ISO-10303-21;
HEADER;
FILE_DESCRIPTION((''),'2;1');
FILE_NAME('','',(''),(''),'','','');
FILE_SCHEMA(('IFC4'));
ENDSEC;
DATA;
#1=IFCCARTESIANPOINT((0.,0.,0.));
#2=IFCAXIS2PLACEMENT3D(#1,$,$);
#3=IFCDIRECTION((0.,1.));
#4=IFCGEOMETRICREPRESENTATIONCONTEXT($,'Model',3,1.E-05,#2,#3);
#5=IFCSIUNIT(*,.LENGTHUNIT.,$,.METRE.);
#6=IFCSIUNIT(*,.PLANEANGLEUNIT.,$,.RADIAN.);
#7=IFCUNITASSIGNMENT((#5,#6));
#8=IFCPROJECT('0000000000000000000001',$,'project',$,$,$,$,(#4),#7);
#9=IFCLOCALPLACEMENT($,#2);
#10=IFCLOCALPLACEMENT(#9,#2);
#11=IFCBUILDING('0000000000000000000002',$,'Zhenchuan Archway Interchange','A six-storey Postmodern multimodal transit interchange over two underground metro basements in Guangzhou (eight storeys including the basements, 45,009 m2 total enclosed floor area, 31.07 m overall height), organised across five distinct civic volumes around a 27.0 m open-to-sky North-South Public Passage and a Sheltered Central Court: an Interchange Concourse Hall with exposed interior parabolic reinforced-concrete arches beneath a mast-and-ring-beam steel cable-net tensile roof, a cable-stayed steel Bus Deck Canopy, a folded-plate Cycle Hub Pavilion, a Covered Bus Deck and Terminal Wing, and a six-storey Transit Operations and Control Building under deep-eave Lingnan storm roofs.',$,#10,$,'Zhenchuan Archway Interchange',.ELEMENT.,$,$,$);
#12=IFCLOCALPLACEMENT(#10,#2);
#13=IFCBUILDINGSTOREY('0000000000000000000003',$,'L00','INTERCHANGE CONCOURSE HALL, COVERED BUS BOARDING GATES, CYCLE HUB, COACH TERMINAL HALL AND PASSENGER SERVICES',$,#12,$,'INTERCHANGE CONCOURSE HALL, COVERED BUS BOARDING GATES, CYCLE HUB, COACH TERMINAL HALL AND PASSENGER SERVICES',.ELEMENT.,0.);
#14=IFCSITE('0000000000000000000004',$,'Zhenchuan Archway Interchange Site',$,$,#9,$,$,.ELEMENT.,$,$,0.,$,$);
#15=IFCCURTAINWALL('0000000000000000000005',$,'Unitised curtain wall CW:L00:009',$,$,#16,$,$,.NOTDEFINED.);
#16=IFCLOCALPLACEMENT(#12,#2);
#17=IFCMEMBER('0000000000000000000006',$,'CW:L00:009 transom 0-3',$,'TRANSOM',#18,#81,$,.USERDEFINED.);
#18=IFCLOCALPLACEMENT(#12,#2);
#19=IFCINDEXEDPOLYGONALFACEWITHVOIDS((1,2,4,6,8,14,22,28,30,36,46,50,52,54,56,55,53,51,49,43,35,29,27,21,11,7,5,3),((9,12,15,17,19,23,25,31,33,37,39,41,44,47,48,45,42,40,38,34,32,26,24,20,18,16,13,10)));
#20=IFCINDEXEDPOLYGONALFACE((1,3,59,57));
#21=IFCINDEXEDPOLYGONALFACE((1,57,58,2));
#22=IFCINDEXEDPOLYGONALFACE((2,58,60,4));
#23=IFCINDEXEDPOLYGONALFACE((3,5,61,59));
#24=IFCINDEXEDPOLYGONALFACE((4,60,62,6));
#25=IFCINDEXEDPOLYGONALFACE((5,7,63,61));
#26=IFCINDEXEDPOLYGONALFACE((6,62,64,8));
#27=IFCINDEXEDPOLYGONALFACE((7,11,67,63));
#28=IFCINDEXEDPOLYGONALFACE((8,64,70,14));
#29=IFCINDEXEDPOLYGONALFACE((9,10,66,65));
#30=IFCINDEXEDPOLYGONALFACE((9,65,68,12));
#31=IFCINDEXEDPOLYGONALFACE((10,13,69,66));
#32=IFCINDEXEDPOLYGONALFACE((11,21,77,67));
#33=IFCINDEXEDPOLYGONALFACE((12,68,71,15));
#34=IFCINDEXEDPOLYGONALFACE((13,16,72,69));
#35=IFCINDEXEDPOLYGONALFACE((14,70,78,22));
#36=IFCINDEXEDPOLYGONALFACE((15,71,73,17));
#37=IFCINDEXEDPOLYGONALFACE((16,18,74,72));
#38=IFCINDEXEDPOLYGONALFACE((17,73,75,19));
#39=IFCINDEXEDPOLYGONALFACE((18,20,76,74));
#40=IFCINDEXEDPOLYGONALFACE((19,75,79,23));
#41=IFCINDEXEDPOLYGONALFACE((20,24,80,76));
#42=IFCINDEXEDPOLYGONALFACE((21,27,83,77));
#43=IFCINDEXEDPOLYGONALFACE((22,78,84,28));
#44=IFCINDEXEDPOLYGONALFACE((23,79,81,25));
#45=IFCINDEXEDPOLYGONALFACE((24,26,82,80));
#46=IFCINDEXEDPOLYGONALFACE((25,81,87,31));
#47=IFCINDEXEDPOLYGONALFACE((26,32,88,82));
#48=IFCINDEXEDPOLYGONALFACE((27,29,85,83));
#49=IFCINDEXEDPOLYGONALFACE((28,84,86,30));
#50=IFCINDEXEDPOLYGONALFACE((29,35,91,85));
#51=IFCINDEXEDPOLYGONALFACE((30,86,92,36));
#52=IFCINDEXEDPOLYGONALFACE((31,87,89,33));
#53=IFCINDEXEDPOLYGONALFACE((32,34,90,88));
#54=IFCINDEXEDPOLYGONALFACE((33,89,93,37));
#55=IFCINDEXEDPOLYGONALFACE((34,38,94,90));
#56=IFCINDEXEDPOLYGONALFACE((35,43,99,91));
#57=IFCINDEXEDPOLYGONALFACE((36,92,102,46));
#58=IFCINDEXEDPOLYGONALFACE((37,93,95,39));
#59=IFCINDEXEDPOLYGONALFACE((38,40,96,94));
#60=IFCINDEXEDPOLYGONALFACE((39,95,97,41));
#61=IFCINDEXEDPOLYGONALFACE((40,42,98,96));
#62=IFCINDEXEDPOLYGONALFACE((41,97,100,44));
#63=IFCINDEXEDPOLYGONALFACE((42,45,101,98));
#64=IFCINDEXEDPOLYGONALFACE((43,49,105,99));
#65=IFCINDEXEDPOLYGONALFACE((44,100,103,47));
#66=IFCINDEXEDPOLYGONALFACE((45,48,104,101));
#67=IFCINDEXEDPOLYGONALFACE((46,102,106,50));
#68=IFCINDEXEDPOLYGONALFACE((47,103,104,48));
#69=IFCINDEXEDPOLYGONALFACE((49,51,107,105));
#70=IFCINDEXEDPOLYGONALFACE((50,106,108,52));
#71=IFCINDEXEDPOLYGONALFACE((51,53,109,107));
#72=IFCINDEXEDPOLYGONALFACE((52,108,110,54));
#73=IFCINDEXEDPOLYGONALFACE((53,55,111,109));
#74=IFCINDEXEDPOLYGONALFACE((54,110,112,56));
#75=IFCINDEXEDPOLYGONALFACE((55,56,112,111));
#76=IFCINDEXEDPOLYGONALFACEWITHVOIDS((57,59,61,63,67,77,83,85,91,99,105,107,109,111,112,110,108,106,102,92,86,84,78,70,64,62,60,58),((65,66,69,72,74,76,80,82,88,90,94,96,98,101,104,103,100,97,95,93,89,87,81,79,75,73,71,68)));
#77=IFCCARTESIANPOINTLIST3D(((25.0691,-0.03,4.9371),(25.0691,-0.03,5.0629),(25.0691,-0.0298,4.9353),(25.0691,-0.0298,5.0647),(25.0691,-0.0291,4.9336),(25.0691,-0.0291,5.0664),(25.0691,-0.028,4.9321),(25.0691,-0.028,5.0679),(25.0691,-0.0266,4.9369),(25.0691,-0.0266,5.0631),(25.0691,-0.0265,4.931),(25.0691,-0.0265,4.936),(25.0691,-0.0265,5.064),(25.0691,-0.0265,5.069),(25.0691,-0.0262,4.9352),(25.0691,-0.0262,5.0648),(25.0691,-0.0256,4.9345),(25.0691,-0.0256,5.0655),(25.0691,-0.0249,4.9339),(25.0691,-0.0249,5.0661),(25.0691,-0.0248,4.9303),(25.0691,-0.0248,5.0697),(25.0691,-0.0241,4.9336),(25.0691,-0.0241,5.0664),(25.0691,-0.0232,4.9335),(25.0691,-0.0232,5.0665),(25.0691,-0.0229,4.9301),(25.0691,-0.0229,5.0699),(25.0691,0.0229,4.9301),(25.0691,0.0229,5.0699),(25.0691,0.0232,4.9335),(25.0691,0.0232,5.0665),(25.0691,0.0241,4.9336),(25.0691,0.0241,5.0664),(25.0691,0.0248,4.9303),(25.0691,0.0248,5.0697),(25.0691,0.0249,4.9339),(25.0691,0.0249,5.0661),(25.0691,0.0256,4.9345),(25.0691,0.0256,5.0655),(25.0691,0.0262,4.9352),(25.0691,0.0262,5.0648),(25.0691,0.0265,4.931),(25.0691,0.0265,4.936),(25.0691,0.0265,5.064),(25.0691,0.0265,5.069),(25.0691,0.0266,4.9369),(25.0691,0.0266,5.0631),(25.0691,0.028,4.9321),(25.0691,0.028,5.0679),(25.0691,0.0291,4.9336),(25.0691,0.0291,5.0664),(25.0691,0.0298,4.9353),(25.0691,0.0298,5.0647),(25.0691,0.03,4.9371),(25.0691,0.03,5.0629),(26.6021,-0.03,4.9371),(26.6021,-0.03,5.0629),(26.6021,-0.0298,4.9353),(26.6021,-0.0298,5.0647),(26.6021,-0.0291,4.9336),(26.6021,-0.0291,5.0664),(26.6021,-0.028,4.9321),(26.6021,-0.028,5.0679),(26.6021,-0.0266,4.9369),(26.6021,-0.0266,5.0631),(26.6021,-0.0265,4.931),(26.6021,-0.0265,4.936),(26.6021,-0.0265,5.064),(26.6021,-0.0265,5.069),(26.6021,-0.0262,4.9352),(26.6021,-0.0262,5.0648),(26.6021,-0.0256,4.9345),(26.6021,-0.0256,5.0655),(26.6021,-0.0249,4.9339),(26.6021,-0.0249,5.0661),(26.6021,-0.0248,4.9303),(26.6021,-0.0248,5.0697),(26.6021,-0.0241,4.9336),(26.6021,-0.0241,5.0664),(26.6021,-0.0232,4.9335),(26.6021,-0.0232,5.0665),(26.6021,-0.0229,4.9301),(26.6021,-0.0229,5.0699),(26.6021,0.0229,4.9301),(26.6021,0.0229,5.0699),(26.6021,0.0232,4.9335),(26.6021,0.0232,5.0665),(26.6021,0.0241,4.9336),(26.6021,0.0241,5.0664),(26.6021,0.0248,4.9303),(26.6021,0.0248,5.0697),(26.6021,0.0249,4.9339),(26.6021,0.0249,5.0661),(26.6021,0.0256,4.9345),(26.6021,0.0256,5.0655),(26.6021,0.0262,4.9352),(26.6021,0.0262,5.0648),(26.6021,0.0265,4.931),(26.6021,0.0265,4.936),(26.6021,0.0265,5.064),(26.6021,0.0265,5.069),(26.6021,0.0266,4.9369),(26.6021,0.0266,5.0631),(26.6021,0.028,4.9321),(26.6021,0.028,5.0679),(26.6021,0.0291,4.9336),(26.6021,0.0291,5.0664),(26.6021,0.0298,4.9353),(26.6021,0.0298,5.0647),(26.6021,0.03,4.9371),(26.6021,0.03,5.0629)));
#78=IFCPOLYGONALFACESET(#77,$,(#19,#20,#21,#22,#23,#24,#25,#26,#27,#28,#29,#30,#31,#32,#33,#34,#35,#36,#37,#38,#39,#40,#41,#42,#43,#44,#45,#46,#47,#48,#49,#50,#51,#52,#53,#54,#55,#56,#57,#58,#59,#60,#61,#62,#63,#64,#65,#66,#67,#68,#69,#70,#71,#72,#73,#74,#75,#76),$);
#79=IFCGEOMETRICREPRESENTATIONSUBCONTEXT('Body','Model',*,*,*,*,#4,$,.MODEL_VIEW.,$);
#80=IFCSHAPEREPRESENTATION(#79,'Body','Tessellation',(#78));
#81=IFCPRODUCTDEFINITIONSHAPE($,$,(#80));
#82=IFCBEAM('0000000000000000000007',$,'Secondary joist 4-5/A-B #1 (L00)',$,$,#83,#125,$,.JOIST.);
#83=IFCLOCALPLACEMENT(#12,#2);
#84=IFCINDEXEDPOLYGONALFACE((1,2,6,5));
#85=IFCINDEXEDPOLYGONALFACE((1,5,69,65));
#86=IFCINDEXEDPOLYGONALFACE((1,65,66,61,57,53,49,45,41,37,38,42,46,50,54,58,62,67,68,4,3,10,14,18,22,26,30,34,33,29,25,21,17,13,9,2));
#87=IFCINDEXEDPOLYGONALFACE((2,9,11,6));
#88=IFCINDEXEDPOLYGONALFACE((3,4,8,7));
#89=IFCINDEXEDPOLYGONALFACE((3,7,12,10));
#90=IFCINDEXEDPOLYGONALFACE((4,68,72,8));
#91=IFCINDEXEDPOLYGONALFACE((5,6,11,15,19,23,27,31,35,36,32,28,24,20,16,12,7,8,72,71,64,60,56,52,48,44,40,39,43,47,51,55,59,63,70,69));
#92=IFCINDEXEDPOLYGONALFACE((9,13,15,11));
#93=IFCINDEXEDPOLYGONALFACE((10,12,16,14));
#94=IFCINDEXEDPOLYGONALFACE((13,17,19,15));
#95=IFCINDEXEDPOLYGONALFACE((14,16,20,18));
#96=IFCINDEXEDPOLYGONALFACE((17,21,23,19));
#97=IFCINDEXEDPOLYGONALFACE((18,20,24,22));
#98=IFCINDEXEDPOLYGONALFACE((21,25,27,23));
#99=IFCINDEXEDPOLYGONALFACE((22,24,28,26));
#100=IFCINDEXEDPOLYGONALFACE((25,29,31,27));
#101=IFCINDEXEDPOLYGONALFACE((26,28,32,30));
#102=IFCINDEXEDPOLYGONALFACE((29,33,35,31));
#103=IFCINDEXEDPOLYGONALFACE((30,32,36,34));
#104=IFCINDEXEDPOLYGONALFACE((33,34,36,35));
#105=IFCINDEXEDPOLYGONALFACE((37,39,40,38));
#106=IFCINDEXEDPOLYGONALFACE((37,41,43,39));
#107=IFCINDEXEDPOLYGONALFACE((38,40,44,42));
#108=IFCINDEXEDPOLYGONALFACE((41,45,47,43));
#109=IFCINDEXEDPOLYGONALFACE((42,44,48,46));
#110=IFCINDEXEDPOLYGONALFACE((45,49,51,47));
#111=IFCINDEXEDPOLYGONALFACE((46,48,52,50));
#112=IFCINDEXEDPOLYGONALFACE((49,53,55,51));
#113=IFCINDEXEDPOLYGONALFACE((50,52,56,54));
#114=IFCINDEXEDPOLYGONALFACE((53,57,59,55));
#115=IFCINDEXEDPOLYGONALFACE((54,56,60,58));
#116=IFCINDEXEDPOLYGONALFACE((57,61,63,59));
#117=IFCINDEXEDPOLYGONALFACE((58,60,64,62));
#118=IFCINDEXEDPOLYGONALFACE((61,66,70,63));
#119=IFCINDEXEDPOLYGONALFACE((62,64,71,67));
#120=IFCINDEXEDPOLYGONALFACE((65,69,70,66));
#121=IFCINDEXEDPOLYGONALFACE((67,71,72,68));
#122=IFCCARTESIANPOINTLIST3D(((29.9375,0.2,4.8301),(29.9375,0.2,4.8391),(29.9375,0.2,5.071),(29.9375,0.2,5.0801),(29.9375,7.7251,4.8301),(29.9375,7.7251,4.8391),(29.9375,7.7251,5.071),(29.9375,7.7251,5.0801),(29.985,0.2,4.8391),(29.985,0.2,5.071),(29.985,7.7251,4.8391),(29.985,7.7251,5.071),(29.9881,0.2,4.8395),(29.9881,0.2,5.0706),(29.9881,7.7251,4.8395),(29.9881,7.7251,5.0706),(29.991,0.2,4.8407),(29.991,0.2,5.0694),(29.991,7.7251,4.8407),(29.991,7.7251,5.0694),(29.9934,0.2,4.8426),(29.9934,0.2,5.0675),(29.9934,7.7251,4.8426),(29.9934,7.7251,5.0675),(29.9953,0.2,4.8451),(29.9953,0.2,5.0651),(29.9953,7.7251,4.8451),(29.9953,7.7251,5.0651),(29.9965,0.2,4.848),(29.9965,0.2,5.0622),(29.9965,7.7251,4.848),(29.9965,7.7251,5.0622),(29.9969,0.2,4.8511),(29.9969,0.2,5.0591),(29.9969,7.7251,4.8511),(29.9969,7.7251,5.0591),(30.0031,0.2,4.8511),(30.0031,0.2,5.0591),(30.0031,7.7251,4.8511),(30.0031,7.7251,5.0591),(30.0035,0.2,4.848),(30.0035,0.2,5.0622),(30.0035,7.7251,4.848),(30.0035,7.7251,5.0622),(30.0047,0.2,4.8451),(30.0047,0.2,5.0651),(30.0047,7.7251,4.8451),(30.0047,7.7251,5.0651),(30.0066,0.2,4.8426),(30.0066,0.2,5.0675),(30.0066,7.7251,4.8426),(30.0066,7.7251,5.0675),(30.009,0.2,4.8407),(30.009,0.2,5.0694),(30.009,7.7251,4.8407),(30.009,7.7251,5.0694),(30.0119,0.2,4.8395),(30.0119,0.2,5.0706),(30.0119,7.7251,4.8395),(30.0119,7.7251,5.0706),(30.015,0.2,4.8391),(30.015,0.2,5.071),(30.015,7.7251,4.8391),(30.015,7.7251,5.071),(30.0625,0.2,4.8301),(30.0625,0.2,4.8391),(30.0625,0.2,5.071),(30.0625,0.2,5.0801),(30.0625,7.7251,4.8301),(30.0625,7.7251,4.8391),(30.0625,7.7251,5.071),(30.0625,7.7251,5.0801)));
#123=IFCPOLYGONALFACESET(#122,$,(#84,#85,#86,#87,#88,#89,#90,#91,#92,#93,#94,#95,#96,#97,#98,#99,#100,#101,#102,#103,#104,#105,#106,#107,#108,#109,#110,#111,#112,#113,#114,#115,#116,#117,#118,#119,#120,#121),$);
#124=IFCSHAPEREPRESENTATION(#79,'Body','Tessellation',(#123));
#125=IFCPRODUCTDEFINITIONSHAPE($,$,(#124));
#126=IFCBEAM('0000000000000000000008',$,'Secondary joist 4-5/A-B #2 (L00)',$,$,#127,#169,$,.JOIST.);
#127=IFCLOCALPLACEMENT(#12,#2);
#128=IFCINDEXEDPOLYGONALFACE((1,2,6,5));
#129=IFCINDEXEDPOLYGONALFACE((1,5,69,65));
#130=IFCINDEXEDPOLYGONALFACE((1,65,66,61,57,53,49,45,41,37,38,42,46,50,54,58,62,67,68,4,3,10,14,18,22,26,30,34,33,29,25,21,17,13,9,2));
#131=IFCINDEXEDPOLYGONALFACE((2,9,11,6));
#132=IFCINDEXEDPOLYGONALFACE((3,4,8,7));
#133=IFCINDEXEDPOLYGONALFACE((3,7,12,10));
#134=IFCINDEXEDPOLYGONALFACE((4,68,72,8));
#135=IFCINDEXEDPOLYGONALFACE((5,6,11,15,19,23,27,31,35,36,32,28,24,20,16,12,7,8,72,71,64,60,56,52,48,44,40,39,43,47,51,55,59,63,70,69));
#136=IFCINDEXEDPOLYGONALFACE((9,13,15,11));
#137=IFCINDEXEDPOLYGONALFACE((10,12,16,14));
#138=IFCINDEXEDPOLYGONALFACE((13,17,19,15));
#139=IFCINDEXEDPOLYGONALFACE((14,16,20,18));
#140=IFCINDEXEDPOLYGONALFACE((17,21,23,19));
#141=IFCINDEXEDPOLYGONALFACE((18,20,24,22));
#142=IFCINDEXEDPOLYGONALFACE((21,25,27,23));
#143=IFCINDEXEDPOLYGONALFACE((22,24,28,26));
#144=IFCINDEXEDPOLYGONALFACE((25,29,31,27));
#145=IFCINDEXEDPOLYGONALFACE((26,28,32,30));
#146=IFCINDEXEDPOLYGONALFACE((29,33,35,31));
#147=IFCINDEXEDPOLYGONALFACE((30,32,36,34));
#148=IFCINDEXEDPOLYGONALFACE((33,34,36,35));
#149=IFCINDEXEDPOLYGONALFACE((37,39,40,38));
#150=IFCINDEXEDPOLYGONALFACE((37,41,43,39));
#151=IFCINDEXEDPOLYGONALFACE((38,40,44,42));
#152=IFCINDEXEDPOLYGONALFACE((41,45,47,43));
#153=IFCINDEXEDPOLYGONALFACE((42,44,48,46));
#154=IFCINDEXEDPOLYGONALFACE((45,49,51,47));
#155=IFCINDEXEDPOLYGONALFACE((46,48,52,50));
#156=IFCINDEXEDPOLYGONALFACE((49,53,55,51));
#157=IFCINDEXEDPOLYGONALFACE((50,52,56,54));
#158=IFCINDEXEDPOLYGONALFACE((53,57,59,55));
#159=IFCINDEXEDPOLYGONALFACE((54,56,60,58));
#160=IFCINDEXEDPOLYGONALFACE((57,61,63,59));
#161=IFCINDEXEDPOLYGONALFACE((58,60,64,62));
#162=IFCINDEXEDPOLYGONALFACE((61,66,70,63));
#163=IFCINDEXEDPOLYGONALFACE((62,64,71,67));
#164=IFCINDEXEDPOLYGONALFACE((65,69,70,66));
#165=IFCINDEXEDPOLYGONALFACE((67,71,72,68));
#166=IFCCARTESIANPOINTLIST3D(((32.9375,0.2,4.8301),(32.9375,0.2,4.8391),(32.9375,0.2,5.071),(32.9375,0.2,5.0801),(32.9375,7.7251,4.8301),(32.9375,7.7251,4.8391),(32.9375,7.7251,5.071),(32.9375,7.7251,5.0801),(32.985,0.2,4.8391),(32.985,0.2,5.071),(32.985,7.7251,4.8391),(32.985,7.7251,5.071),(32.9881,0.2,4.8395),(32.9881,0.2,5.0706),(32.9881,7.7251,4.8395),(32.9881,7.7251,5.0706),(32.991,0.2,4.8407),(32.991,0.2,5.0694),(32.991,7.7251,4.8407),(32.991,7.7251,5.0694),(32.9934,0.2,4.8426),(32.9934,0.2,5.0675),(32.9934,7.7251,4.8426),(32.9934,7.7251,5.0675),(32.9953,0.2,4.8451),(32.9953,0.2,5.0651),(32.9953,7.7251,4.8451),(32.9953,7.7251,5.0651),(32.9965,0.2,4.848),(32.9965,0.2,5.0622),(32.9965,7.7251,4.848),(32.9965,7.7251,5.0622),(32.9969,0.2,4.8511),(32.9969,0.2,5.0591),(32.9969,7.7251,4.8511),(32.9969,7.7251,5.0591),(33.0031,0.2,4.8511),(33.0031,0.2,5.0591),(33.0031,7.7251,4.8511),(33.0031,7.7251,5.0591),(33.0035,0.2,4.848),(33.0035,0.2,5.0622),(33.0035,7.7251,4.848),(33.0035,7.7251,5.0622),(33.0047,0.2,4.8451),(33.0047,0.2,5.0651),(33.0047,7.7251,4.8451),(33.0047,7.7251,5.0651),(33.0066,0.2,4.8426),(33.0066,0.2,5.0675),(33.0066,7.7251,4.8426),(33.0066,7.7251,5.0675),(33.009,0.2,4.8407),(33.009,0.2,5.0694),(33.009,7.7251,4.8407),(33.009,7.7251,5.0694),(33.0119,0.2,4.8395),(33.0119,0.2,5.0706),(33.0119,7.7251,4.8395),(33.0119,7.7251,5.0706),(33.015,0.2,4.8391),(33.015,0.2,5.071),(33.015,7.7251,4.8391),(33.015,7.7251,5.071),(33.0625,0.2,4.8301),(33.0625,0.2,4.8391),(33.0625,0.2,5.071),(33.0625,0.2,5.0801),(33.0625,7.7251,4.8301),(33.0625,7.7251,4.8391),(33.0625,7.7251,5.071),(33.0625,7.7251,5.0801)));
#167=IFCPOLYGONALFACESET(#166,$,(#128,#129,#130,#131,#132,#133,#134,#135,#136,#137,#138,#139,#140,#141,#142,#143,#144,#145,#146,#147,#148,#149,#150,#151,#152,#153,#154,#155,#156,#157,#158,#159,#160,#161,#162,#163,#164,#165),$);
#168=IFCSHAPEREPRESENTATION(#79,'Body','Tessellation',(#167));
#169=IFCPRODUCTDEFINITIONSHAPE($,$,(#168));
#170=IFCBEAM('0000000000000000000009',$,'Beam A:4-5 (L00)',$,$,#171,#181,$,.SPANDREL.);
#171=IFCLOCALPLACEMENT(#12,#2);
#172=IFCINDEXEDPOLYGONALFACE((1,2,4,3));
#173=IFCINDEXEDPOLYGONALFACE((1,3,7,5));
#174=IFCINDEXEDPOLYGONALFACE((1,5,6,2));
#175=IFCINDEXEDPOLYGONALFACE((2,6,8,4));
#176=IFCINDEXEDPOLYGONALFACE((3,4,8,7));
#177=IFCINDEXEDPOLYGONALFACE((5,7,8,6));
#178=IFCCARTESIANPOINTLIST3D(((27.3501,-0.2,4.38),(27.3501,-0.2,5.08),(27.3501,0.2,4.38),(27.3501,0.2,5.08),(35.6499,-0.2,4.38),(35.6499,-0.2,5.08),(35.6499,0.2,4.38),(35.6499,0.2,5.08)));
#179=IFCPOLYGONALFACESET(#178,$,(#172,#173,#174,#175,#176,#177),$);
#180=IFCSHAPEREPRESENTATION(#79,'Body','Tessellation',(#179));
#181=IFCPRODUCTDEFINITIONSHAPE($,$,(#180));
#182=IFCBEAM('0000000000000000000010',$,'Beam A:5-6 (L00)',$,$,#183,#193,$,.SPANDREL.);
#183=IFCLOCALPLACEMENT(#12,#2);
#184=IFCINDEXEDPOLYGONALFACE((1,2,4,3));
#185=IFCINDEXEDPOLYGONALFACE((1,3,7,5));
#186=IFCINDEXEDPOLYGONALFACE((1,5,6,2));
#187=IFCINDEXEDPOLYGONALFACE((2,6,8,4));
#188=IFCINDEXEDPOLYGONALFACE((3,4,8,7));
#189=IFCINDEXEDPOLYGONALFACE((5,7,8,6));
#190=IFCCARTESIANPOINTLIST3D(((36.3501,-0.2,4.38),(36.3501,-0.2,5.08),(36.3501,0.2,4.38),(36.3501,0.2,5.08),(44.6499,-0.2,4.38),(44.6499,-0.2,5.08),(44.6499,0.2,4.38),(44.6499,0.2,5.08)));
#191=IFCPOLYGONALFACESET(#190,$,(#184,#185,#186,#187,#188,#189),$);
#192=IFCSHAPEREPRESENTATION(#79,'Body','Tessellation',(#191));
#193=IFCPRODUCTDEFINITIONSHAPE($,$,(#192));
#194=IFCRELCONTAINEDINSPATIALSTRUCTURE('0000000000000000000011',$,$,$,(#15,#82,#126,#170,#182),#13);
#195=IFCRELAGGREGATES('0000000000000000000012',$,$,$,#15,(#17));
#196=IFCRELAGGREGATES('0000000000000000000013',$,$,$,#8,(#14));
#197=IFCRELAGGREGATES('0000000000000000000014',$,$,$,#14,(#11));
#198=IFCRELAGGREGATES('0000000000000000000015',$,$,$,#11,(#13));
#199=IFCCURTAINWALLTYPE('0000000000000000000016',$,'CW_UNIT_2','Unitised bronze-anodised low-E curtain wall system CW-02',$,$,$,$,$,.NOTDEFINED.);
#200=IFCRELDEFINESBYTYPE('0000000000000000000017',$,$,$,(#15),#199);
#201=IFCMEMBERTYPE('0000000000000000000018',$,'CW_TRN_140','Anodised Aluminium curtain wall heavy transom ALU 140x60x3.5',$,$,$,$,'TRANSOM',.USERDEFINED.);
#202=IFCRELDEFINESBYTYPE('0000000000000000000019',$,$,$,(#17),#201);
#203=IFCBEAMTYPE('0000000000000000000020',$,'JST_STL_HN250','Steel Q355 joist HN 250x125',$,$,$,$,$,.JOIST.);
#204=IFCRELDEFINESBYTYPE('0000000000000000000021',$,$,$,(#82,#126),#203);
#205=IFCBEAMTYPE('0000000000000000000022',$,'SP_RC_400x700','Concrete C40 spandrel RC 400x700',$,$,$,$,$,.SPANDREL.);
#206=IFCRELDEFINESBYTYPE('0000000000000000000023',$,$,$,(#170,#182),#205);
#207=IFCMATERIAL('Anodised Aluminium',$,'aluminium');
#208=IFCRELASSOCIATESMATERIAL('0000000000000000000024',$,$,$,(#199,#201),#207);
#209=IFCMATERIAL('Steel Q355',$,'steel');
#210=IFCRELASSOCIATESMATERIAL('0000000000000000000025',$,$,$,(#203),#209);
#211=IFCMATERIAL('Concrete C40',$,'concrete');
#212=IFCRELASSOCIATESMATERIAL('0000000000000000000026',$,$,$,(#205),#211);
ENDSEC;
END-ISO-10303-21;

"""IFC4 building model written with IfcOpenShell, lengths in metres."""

from ifc_helpers import new_model, si_unit, direction, frame, origin, origin_2d, place, context, subcontext, project, spatial, rectangle, hollow_rectangle, i_section, extrude, material, material_profile, profile_set, type_object, element, aggregate, save


model = new_model("IFC4")

# Units and contexts
model_context = context("Model", 3, precision=1e-05, world=origin(), true_north=direction((0.0, 1.0)))
body_context = subcontext(model_context, "Body", "Model", "MODEL_VIEW")
ifc_project = project(units=[si_unit("LENGTHUNIT", "METRE"), si_unit("PLANEANGLEUNIT", "RADIAN")], contexts=[model_context])

# Site, building, storey
site_placement = place(None, origin())
site = spatial("IfcSite", under=ifc_project, at=site_placement, Name="Zhenchuan Archway Interchange Site", CompositionType="ELEMENT", RefElevation=0.0)
building_placement = place(site_placement, origin())
building = spatial("IfcBuilding", under=site, at=building_placement, Name="Zhenchuan Archway Interchange", Description="A six-storey Postmodern multimodal transit interchange over two underground metro basements in Guangzhou (eight storeys including the basements, 45,009 m2 total enclosed floor area, 31.07 m overall height), organised across five distinct civic volumes around a 27.0 m open-to-sky North-South Public Passage and a Sheltered Central Court: an Interchange Concourse Hall with exposed interior parabolic reinforced-concrete arches beneath a mast-and-ring-beam steel cable-net tensile roof, a cable-stayed steel Bus Deck Canopy, a folded-plate Cycle Hub Pavilion, a Covered Bus Deck and Terminal Wing, and a six-storey Transit Operations and Control Building under deep-eave Lingnan storm roofs.", LongName="Zhenchuan Archway Interchange", CompositionType="ELEMENT")
storey_placement = place(building_placement, origin())
storey = spatial("IfcBuildingStorey", under=building, at=storey_placement, Name="L00", Description="INTERCHANGE CONCOURSE HALL, COVERED BUS BOARDING GATES, CYCLE HUB, COACH TERMINAL HALL AND PASSENGER SERVICES", LongName="INTERCHANGE CONCOURSE HALL, COVERED BUS BOARDING GATES, CYCLE HUB, COACH TERMINAL HALL AND PASSENGER SERVICES", CompositionType="ELEMENT", Elevation=0.0)

# Shared definitions
ifc_material_1 = material(Name="Concrete C40", Category="concrete")

# Curtain wall, member
ifc_material_2 = material(Name="Anodised Aluminium", Category="aluminium")
curtain_wall_type = type_object("IfcCurtainWallType", Name="CW_UNIT_2", Description="Unitised bronze-anodised low-E curtain wall system CW-02", PredefinedType="NOTDEFINED", material=ifc_material_2)
curtain_wall_placement = place(storey_placement, origin())
curtain_wall = element("IfcCurtainWall", 1, at=curtain_wall_placement, inside=storey, type_object=curtain_wall_type, Name="Unitised curtain wall CW:L00:009", PredefinedType="NOTDEFINED")
ifc_material_profile_1 = material_profile(ifc_material_2, hollow_rectangle(XDim=0.0601, YDim=0.1399, WallThickness=0.0034, InnerFilletRadius=0.0034, OuterFilletRadius=0.0071, at=origin_2d()), Name="ALU 140x60x3.5")
ifc_profile_set_1 = profile_set([ifc_material_profile_1], Name="Anodised Aluminium")
member_type_1 = type_object("IfcMemberType", Name="CW_TRN_140", Description="Anodised Aluminium curtain wall heavy transom ALU 140x60x3.5", ElementType="TRANSOM", PredefinedType="USERDEFINED", material=ifc_profile_set_1)
member_1_placement = place(storey_placement, frame((26.6021, 0.0, 5.0), z_axis=(-1.0, 0.0, 0.0), x_axis=(0.0, -1.0, 0.0)))
member_1 = element("IfcMember", 2, at=member_1_placement, type_object=member_type_1, Name="CW:L00:009 transom 0-3", ObjectType="TRANSOM", PredefinedType="USERDEFINED", context=body_context, shape_type="SweptSolid", body=[
    extrude(hollow_rectangle(XDim=0.0601, YDim=0.1399, WallThickness=0.0034, InnerFilletRadius=0.0034, OuterFilletRadius=0.0071, at=origin_2d()), origin(), (0.0, 0.0, 1.0), 1.533),
])
aggregate(curtain_wall, [member_1])

# Beams
ifc_material_3 = material(Name="Steel Q355", Category="steel")
ifc_material_profile_2 = material_profile(ifc_material_3, i_section(OverallWidth=0.125, OverallDepth=0.25, WebThickness=0.0061, FlangeThickness=0.009, FilletRadius=0.012, at=origin_2d()), Name="HN 250x125")
ifc_profile_set_2 = profile_set([ifc_material_profile_2], Name="Steel Q355")
beam_type_1 = type_object("IfcBeamType", Name="JST_STL_HN250", Description="Steel Q355 joist HN 250x125", PredefinedType="JOIST", material=ifc_profile_set_2)
for number, where, z_axis, x_axis, name in (
    (3, (30.0, 0.2, 4.9551), (0.0, 1.0, 0.0), (-1.0, 0.0, 0.0), "Secondary joist 4-5/A-B #1 (L00)"),
    (4, (33.0, 0.2, 4.9551), (0.0, 1.0, 0.0), (-1.0, 0.0, 0.0), "Secondary joist 4-5/A-B #2 (L00)"),
):
    element("IfcBeam", number, at=place(storey_placement, frame(where, z_axis=z_axis, x_axis=x_axis)), inside=storey, type_object=beam_type_1, Name=name, PredefinedType="JOIST", context=body_context, shape_type="SweptSolid", body=[
        extrude(i_section(OverallWidth=0.125, OverallDepth=0.25, WebThickness=0.0061, FlangeThickness=0.009, FilletRadius=0.012, at=origin_2d()), origin(), (0.0, 0.0, 1.0), 7.5251),
    ])
ifc_material_profile_3 = material_profile(ifc_material_1, rectangle(XDim=0.3999, YDim=0.7, at=origin_2d()), Name="RC 400x700")
ifc_profile_set_3 = profile_set([ifc_material_profile_3], Name="Concrete C40")
beam_type_2 = type_object("IfcBeamType", Name="SP_RC_400x700", Description="Concrete C40 spandrel RC 400x700", PredefinedType="SPANDREL", material=ifc_profile_set_3)
for number, where, z_axis, x_axis, name in (
    (5, (27.3501, 0.0, 4.73), (1.0, 0.0, 0.0), (0.0, 1.0, 0.0), "Beam A:4-5 (L00)"),
    (6, (36.3501, 0.0, 4.73), (1.0, 0.0, 0.0), (0.0, 1.0, 0.0), "Beam A:5-6 (L00)"),
):
    element("IfcBeam", number, at=place(storey_placement, frame(where, z_axis=z_axis, x_axis=x_axis)), inside=storey, type_object=beam_type_2, Name=name, PredefinedType="SPANDREL", context=body_context, shape_type="SweptSolid", body=[
        extrude(rectangle(XDim=0.3999, YDim=0.7, at=origin_2d()), origin(), (0.0, 0.0, 1.0), 8.2998),
    ])

save(model, "model.ifc")
